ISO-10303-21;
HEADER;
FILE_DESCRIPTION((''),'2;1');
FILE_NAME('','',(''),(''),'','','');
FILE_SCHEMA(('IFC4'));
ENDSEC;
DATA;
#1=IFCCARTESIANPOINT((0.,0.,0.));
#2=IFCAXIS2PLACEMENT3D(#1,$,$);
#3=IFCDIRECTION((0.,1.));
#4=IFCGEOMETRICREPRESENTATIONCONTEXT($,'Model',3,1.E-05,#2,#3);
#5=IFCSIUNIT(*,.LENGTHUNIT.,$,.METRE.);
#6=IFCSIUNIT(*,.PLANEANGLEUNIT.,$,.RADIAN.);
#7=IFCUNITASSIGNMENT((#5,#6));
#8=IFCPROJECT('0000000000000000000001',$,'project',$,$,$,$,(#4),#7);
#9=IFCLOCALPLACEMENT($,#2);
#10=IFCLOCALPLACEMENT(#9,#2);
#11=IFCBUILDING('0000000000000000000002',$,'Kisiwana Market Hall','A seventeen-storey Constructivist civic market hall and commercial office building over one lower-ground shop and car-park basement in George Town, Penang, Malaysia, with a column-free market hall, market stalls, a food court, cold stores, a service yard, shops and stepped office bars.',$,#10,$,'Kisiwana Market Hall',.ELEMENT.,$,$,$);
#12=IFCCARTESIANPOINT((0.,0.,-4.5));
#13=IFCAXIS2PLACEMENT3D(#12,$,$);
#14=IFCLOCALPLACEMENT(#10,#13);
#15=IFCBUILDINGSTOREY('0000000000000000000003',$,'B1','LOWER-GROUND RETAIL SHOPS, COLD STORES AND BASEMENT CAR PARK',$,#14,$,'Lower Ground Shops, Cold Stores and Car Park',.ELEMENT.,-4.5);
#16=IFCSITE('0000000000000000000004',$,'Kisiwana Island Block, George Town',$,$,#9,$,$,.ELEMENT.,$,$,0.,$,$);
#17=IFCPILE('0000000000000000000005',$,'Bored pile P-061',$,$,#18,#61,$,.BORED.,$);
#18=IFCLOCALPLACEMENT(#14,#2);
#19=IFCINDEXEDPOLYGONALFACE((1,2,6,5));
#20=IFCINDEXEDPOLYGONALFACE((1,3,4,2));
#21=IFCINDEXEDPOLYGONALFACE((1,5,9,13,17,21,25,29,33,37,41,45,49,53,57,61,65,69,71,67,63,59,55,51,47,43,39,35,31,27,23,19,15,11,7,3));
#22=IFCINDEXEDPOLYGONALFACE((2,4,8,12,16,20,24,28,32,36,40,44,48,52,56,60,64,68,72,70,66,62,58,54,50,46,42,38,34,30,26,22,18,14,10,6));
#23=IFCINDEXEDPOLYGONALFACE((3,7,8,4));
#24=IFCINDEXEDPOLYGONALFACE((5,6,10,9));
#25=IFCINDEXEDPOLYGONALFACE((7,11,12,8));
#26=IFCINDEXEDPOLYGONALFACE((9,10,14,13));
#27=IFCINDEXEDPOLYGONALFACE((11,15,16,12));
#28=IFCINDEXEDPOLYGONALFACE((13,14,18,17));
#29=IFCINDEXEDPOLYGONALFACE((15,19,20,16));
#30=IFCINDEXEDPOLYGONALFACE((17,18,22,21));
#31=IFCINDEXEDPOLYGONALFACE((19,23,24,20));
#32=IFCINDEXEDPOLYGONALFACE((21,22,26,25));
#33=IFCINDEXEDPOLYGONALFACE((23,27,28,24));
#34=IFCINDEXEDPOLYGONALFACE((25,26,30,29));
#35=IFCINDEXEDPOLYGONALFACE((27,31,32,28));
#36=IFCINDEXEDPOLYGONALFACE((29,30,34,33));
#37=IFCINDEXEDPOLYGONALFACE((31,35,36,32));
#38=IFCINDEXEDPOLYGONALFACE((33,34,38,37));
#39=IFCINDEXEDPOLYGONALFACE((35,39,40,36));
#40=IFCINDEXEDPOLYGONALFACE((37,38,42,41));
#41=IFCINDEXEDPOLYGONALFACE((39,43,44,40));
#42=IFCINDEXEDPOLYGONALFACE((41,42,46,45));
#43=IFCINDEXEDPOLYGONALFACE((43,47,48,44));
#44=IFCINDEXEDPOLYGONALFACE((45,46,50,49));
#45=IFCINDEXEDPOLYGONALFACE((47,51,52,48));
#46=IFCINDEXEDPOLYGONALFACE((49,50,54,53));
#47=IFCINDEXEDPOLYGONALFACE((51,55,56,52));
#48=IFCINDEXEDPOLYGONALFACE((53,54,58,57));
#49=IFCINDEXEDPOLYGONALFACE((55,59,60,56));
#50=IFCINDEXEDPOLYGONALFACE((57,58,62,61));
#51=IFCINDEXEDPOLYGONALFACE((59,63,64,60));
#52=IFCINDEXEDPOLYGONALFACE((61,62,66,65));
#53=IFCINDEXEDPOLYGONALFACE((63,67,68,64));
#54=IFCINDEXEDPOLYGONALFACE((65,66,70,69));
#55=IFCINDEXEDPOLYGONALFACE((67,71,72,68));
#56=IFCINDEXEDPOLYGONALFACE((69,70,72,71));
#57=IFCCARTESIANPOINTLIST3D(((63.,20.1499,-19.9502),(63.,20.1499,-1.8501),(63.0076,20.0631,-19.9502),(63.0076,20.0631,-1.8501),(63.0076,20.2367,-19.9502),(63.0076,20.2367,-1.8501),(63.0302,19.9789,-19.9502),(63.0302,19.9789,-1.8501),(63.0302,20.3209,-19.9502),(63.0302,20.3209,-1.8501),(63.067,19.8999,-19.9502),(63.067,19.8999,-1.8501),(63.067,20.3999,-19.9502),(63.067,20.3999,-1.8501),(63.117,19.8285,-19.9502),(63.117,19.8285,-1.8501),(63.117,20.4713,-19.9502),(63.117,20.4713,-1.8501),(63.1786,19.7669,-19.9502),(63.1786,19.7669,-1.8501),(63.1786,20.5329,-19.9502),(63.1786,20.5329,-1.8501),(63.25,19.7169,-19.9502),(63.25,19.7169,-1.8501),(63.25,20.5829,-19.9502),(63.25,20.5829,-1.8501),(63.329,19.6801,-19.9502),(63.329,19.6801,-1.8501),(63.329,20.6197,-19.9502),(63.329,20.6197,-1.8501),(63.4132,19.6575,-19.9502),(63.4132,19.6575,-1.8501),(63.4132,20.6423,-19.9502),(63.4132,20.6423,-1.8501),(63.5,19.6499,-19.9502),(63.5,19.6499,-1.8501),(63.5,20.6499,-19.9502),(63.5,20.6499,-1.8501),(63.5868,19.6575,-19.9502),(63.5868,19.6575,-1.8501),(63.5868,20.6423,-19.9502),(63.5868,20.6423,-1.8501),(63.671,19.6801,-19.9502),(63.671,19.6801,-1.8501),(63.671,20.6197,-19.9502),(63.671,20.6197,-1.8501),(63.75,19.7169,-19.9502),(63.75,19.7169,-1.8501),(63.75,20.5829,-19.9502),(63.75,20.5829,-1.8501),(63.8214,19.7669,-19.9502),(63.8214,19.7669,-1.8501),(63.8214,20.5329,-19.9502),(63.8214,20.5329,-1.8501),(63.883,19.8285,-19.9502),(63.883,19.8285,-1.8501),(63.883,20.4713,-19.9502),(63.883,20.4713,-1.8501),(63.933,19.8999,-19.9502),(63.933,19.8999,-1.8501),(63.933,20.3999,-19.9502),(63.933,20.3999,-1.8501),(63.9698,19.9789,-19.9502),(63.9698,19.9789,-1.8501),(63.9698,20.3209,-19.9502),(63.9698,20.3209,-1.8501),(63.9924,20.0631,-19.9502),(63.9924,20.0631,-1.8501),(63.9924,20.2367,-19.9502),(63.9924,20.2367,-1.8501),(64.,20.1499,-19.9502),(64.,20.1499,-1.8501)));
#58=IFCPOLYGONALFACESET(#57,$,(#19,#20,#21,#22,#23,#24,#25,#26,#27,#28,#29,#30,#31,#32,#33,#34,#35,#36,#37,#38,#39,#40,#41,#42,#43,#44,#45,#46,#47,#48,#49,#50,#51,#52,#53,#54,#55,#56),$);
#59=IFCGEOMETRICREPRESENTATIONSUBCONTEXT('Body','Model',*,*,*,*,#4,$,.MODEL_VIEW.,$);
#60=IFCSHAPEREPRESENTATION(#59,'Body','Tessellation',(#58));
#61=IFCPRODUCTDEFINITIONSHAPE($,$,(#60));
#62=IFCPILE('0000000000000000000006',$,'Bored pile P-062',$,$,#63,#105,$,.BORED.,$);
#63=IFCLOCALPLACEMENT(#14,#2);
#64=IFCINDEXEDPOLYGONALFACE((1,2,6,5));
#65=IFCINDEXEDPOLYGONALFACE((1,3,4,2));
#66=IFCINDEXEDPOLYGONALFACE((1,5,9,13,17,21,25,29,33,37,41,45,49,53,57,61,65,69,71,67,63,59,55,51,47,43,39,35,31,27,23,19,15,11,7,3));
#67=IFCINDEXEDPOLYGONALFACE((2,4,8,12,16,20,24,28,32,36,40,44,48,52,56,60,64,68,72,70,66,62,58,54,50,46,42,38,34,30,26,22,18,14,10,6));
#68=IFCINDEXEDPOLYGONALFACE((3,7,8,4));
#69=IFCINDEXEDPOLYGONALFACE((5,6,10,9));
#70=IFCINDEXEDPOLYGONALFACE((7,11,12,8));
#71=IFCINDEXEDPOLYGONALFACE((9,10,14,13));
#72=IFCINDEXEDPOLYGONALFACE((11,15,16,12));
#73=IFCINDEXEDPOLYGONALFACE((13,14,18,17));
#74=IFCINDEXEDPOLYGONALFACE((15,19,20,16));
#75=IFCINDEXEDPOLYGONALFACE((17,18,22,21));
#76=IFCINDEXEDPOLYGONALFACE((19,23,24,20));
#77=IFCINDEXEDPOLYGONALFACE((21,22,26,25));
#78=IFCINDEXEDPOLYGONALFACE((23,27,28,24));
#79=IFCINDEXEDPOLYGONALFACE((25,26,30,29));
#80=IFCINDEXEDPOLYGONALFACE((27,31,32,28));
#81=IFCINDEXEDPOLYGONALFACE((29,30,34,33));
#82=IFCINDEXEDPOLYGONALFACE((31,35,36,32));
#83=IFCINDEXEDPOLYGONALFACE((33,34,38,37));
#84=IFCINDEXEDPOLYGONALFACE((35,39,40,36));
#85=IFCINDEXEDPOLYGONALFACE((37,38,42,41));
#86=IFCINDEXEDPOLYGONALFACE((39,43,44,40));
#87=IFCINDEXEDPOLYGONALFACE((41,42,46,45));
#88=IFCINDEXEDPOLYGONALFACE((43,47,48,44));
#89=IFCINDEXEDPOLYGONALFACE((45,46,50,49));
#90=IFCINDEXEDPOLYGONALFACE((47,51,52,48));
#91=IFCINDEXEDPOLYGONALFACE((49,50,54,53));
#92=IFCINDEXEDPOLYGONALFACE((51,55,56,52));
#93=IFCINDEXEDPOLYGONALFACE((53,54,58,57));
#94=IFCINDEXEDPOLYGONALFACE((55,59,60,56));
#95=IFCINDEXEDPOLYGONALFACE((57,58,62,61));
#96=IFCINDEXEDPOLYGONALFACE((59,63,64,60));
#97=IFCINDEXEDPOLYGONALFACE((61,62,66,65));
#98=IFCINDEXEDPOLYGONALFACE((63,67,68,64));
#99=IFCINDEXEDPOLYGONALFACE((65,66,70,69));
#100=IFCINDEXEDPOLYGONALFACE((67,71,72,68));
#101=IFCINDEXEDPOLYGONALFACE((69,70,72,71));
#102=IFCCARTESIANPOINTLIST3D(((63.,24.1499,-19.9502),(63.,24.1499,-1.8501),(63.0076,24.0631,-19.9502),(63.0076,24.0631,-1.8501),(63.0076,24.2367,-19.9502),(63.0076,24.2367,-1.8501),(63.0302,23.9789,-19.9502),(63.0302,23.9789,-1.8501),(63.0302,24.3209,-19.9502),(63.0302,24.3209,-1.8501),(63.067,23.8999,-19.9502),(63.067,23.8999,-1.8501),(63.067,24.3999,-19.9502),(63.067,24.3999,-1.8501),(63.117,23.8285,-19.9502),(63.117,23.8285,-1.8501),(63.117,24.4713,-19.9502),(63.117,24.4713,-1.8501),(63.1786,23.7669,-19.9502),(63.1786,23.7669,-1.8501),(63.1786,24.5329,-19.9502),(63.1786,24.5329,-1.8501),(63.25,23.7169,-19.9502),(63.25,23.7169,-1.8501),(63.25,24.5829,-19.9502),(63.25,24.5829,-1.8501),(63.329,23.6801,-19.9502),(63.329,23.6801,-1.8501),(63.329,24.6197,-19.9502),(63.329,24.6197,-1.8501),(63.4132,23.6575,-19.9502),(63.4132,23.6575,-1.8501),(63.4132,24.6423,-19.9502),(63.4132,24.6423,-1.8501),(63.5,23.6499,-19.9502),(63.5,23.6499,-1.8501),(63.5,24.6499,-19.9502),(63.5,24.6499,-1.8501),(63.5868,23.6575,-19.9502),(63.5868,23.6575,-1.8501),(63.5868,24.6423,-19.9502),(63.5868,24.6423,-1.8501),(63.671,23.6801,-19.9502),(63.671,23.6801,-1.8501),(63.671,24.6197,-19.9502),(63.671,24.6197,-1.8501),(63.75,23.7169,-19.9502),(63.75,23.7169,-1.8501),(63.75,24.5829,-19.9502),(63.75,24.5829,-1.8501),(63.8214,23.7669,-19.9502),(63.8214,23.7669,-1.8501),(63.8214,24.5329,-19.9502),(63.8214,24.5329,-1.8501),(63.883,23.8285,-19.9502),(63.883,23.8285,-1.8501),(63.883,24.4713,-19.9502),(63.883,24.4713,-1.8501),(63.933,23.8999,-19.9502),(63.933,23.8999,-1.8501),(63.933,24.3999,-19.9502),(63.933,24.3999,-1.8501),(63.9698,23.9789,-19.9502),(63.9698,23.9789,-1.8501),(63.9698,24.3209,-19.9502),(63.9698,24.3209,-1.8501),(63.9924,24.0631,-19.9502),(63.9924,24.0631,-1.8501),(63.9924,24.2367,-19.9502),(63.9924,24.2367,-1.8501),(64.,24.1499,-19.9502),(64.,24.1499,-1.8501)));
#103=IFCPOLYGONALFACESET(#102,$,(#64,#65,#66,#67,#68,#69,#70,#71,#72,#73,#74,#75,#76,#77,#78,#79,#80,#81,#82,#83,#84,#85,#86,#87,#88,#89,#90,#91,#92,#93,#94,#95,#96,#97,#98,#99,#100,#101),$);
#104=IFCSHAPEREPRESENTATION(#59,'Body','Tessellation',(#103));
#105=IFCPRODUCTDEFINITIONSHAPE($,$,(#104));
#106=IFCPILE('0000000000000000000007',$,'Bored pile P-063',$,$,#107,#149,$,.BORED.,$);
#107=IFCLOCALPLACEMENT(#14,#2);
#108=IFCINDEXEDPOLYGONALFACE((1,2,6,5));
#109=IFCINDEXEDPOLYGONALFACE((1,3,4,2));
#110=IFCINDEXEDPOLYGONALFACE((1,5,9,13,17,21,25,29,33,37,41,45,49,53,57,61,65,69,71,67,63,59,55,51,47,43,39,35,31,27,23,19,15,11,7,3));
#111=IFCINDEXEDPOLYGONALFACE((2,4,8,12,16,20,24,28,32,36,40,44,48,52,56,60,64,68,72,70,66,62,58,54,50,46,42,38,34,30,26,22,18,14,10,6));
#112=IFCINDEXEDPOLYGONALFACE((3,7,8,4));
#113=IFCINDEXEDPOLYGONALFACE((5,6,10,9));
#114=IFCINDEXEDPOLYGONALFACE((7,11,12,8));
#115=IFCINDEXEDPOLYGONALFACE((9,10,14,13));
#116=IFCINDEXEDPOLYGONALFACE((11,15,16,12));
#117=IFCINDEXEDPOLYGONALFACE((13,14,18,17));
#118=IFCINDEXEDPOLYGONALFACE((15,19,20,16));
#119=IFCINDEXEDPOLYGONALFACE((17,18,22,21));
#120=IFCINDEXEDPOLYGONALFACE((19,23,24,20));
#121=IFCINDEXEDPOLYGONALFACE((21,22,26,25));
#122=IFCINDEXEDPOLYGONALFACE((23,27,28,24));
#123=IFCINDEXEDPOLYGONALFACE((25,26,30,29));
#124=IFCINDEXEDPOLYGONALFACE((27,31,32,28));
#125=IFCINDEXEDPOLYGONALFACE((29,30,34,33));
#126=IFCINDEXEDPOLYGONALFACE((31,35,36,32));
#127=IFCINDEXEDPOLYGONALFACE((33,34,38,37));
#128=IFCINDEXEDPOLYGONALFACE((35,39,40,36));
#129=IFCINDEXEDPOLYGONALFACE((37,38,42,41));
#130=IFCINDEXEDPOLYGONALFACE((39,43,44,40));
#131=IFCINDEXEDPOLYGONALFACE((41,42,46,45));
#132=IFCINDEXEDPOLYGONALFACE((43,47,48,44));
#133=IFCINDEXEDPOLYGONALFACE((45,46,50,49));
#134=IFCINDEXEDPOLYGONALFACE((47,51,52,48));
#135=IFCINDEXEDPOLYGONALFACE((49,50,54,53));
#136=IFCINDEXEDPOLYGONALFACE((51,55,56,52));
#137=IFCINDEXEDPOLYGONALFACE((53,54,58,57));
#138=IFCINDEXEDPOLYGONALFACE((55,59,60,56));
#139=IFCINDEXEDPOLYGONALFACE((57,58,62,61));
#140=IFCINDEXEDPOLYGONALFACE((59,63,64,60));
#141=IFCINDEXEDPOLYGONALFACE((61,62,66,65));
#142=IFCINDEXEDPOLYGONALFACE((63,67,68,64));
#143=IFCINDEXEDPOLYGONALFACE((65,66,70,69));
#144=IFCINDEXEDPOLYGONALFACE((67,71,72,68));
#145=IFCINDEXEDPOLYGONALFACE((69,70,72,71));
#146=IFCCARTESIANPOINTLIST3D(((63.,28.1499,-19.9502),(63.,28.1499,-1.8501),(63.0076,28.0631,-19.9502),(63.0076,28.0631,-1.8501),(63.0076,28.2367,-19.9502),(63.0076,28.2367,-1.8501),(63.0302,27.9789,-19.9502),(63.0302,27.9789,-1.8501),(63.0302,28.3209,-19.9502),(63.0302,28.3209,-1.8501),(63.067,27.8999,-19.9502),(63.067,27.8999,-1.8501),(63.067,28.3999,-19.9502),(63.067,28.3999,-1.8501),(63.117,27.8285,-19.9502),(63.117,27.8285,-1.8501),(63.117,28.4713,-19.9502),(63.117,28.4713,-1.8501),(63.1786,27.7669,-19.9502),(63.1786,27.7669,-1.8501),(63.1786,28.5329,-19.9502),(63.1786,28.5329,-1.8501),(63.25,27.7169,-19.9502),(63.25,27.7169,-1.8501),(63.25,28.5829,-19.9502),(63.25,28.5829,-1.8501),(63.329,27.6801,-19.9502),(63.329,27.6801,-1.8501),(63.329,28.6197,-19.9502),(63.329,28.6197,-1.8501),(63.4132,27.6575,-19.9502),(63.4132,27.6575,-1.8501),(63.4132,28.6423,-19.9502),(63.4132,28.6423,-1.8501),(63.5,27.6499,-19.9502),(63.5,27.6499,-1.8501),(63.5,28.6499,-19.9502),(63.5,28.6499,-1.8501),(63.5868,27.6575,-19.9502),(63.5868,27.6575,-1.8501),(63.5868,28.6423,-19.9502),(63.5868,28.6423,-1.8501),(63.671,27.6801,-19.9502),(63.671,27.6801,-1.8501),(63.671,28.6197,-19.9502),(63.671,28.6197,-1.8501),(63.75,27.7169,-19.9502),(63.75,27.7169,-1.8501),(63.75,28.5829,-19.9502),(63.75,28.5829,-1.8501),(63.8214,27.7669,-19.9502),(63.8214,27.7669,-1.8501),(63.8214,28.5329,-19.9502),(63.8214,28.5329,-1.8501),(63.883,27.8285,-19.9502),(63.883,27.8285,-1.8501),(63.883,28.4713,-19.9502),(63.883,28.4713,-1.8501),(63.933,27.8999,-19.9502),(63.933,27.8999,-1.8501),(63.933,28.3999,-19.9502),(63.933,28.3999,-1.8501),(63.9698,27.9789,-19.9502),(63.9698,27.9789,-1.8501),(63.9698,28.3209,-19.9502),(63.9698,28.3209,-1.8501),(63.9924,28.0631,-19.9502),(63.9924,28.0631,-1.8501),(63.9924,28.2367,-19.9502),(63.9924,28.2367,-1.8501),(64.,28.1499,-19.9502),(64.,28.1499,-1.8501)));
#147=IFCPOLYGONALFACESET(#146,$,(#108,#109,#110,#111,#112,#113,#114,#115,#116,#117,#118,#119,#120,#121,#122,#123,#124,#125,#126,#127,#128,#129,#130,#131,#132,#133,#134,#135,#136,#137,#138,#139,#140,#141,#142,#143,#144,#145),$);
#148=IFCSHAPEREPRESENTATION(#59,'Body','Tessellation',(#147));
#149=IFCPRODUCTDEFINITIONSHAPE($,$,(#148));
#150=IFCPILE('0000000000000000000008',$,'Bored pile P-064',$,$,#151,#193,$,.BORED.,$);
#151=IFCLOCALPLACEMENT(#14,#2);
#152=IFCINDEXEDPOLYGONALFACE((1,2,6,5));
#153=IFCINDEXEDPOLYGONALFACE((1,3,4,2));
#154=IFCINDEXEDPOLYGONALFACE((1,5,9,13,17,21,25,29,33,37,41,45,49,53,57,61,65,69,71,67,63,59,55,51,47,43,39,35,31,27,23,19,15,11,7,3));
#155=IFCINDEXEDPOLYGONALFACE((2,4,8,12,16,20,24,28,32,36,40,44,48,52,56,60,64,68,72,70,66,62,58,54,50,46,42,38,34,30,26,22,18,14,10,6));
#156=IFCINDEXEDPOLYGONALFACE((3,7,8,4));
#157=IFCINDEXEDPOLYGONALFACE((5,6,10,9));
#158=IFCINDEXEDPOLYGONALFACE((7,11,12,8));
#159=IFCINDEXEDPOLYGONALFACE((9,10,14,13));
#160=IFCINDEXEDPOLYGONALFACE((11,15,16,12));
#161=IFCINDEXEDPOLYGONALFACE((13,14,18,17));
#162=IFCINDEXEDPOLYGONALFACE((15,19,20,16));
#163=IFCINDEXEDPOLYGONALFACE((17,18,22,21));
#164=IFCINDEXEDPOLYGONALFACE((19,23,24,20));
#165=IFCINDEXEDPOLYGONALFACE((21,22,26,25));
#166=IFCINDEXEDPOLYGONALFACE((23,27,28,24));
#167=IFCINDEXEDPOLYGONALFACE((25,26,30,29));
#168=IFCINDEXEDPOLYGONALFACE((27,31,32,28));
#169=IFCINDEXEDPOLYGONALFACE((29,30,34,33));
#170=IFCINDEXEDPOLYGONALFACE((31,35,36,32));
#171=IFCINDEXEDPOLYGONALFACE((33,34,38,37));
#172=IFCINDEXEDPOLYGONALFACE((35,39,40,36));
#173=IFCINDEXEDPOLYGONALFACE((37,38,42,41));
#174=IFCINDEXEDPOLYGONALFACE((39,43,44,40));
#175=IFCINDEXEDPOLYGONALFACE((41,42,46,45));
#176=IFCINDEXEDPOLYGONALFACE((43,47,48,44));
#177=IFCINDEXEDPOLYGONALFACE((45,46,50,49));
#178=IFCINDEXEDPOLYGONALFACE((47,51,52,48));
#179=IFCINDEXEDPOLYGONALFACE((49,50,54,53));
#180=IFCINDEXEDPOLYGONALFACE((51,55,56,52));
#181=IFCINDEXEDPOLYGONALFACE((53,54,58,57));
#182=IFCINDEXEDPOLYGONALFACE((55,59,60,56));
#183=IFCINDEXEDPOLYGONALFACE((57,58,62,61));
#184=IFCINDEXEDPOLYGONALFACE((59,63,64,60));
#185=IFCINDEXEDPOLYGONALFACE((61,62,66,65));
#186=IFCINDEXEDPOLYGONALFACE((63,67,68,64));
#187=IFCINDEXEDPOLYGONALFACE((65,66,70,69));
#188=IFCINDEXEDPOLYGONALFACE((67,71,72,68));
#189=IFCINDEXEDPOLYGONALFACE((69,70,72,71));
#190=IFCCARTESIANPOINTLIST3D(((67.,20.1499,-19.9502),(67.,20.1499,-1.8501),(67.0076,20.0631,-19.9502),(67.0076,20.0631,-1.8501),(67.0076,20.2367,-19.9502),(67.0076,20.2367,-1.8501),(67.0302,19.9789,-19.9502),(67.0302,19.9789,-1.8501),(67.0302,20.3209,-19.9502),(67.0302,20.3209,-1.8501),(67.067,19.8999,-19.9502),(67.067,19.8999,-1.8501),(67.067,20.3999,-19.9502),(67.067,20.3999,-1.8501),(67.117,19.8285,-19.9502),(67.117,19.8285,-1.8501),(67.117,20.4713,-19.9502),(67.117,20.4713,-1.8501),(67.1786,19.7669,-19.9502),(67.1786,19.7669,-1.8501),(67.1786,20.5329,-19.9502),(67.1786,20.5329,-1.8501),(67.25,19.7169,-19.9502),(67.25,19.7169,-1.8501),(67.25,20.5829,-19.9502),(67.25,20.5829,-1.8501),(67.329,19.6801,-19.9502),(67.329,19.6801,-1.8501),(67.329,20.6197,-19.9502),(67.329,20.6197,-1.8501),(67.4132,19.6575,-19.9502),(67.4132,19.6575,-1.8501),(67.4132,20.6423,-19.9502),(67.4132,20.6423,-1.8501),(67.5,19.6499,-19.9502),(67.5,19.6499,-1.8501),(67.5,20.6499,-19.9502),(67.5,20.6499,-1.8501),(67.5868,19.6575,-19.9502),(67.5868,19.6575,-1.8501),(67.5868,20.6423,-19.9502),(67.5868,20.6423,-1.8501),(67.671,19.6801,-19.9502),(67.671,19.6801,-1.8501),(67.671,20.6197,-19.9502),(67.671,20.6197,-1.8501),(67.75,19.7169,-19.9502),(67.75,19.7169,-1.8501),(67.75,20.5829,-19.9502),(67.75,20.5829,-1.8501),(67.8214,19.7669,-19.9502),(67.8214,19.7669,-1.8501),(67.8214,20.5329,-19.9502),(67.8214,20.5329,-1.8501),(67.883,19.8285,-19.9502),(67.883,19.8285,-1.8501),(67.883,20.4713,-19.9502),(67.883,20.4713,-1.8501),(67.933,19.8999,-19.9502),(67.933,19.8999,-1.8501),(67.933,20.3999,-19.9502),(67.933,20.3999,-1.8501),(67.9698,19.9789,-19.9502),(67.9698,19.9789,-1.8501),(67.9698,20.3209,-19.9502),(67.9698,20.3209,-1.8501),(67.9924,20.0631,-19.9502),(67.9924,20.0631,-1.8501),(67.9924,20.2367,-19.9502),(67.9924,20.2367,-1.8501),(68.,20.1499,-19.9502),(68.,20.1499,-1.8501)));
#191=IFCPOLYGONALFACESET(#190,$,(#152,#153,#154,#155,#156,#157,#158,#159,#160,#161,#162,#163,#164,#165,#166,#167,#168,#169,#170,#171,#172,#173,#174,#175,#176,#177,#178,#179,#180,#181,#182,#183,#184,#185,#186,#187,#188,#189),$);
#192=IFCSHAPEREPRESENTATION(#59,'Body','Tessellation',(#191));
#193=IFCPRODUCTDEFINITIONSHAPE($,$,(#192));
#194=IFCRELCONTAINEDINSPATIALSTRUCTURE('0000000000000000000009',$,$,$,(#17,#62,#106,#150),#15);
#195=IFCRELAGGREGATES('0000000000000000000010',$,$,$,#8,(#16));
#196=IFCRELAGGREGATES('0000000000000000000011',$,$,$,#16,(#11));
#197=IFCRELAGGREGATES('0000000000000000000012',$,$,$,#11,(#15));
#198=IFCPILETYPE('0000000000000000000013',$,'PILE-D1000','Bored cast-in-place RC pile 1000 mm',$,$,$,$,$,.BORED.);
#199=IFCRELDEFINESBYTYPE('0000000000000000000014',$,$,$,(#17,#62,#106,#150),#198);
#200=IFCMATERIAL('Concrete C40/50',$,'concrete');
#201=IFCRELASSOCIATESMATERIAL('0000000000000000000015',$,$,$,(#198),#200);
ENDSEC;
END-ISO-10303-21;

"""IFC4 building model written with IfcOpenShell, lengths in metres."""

from ifc_helpers import new_model, si_unit, direction, frame, origin, origin_2d, place, context, subcontext, project, spatial, circle, extrude, material, material_profile, profile_set, type_object, element, save


model = new_model("IFC4")

# Units and contexts
model_context = context("Model", 3, precision=1e-05, world=origin(), true_north=direction((0.0, 1.0)))
body_context = subcontext(model_context, "Body", "Model", "MODEL_VIEW")
ifc_project = project(units=[si_unit("LENGTHUNIT", "METRE"), si_unit("PLANEANGLEUNIT", "RADIAN")], contexts=[model_context])

# Site, building, storey
site_placement = place(None, origin())
site = spatial("IfcSite", under=ifc_project, at=site_placement, Name="Kisiwana Island Block, George Town", CompositionType="ELEMENT", RefElevation=0.0)
building_placement = place(site_placement, origin())
building = spatial("IfcBuilding", under=site, at=building_placement, Name="Kisiwana Market Hall", Description="A seventeen-storey Constructivist civic market hall and commercial office building over one lower-ground shop and car-park basement in George Town, Penang, Malaysia, with a column-free market hall, market stalls, a food court, cold stores, a service yard, shops and stepped office bars.", LongName="Kisiwana Market Hall", CompositionType="ELEMENT")
storey_placement = place(building_placement, frame((0.0, 0.0, -4.5)))
storey = spatial("IfcBuildingStorey", under=building, at=storey_placement, Name="B1", Description="LOWER-GROUND RETAIL SHOPS, COLD STORES AND BASEMENT CAR PARK", LongName="Lower Ground Shops, Cold Stores and Car Park", CompositionType="ELEMENT", Elevation=-4.5)

# Piles
ifc_material_1 = material(Name="Concrete C40/50", Category="concrete")
ifc_material_profile_1 = material_profile(ifc_material_1, circle(Radius=0.5, at=origin_2d()), Name="BP D1000")
ifc_profile_set_1 = profile_set([ifc_material_profile_1], Name="Concrete C40/50")
pile_type_1 = type_object("IfcPileType", Name="PILE-D1000", Description="Bored cast-in-place RC pile 1000 mm", PredefinedType="BORED", material=ifc_profile_set_1)
for number, where, z_axis, x_axis, name in (
    (1, (63.5, 20.1499, -1.8501), (0.0, 0.0, -1.0), (1.0, 0.0, 0.0), "Bored pile P-061"),
    (2, (63.5, 24.1499, -1.8501), (0.0, 0.0, -1.0), (1.0, 0.0, 0.0), "Bored pile P-062"),
    (3, (63.5, 28.1499, -1.8501), (0.0, 0.0, -1.0), (1.0, 0.0, 0.0), "Bored pile P-063"),
    (4, (67.5, 20.1499, -1.8501), (0.0, 0.0, -1.0), (1.0, 0.0, 0.0), "Bored pile P-064"),
):
    element("IfcPile", number, at=place(storey_placement, frame(where, z_axis=z_axis, x_axis=x_axis)), inside=storey, type_object=pile_type_1, Name=name, PredefinedType="BORED", context=body_context, shape_type="SweptSolid", body=[
        extrude(circle(Radius=0.5, at=origin_2d()), origin(), (0.0, 0.0, 1.0), 18.1001),
    ])

save(model, "model.ifc")
